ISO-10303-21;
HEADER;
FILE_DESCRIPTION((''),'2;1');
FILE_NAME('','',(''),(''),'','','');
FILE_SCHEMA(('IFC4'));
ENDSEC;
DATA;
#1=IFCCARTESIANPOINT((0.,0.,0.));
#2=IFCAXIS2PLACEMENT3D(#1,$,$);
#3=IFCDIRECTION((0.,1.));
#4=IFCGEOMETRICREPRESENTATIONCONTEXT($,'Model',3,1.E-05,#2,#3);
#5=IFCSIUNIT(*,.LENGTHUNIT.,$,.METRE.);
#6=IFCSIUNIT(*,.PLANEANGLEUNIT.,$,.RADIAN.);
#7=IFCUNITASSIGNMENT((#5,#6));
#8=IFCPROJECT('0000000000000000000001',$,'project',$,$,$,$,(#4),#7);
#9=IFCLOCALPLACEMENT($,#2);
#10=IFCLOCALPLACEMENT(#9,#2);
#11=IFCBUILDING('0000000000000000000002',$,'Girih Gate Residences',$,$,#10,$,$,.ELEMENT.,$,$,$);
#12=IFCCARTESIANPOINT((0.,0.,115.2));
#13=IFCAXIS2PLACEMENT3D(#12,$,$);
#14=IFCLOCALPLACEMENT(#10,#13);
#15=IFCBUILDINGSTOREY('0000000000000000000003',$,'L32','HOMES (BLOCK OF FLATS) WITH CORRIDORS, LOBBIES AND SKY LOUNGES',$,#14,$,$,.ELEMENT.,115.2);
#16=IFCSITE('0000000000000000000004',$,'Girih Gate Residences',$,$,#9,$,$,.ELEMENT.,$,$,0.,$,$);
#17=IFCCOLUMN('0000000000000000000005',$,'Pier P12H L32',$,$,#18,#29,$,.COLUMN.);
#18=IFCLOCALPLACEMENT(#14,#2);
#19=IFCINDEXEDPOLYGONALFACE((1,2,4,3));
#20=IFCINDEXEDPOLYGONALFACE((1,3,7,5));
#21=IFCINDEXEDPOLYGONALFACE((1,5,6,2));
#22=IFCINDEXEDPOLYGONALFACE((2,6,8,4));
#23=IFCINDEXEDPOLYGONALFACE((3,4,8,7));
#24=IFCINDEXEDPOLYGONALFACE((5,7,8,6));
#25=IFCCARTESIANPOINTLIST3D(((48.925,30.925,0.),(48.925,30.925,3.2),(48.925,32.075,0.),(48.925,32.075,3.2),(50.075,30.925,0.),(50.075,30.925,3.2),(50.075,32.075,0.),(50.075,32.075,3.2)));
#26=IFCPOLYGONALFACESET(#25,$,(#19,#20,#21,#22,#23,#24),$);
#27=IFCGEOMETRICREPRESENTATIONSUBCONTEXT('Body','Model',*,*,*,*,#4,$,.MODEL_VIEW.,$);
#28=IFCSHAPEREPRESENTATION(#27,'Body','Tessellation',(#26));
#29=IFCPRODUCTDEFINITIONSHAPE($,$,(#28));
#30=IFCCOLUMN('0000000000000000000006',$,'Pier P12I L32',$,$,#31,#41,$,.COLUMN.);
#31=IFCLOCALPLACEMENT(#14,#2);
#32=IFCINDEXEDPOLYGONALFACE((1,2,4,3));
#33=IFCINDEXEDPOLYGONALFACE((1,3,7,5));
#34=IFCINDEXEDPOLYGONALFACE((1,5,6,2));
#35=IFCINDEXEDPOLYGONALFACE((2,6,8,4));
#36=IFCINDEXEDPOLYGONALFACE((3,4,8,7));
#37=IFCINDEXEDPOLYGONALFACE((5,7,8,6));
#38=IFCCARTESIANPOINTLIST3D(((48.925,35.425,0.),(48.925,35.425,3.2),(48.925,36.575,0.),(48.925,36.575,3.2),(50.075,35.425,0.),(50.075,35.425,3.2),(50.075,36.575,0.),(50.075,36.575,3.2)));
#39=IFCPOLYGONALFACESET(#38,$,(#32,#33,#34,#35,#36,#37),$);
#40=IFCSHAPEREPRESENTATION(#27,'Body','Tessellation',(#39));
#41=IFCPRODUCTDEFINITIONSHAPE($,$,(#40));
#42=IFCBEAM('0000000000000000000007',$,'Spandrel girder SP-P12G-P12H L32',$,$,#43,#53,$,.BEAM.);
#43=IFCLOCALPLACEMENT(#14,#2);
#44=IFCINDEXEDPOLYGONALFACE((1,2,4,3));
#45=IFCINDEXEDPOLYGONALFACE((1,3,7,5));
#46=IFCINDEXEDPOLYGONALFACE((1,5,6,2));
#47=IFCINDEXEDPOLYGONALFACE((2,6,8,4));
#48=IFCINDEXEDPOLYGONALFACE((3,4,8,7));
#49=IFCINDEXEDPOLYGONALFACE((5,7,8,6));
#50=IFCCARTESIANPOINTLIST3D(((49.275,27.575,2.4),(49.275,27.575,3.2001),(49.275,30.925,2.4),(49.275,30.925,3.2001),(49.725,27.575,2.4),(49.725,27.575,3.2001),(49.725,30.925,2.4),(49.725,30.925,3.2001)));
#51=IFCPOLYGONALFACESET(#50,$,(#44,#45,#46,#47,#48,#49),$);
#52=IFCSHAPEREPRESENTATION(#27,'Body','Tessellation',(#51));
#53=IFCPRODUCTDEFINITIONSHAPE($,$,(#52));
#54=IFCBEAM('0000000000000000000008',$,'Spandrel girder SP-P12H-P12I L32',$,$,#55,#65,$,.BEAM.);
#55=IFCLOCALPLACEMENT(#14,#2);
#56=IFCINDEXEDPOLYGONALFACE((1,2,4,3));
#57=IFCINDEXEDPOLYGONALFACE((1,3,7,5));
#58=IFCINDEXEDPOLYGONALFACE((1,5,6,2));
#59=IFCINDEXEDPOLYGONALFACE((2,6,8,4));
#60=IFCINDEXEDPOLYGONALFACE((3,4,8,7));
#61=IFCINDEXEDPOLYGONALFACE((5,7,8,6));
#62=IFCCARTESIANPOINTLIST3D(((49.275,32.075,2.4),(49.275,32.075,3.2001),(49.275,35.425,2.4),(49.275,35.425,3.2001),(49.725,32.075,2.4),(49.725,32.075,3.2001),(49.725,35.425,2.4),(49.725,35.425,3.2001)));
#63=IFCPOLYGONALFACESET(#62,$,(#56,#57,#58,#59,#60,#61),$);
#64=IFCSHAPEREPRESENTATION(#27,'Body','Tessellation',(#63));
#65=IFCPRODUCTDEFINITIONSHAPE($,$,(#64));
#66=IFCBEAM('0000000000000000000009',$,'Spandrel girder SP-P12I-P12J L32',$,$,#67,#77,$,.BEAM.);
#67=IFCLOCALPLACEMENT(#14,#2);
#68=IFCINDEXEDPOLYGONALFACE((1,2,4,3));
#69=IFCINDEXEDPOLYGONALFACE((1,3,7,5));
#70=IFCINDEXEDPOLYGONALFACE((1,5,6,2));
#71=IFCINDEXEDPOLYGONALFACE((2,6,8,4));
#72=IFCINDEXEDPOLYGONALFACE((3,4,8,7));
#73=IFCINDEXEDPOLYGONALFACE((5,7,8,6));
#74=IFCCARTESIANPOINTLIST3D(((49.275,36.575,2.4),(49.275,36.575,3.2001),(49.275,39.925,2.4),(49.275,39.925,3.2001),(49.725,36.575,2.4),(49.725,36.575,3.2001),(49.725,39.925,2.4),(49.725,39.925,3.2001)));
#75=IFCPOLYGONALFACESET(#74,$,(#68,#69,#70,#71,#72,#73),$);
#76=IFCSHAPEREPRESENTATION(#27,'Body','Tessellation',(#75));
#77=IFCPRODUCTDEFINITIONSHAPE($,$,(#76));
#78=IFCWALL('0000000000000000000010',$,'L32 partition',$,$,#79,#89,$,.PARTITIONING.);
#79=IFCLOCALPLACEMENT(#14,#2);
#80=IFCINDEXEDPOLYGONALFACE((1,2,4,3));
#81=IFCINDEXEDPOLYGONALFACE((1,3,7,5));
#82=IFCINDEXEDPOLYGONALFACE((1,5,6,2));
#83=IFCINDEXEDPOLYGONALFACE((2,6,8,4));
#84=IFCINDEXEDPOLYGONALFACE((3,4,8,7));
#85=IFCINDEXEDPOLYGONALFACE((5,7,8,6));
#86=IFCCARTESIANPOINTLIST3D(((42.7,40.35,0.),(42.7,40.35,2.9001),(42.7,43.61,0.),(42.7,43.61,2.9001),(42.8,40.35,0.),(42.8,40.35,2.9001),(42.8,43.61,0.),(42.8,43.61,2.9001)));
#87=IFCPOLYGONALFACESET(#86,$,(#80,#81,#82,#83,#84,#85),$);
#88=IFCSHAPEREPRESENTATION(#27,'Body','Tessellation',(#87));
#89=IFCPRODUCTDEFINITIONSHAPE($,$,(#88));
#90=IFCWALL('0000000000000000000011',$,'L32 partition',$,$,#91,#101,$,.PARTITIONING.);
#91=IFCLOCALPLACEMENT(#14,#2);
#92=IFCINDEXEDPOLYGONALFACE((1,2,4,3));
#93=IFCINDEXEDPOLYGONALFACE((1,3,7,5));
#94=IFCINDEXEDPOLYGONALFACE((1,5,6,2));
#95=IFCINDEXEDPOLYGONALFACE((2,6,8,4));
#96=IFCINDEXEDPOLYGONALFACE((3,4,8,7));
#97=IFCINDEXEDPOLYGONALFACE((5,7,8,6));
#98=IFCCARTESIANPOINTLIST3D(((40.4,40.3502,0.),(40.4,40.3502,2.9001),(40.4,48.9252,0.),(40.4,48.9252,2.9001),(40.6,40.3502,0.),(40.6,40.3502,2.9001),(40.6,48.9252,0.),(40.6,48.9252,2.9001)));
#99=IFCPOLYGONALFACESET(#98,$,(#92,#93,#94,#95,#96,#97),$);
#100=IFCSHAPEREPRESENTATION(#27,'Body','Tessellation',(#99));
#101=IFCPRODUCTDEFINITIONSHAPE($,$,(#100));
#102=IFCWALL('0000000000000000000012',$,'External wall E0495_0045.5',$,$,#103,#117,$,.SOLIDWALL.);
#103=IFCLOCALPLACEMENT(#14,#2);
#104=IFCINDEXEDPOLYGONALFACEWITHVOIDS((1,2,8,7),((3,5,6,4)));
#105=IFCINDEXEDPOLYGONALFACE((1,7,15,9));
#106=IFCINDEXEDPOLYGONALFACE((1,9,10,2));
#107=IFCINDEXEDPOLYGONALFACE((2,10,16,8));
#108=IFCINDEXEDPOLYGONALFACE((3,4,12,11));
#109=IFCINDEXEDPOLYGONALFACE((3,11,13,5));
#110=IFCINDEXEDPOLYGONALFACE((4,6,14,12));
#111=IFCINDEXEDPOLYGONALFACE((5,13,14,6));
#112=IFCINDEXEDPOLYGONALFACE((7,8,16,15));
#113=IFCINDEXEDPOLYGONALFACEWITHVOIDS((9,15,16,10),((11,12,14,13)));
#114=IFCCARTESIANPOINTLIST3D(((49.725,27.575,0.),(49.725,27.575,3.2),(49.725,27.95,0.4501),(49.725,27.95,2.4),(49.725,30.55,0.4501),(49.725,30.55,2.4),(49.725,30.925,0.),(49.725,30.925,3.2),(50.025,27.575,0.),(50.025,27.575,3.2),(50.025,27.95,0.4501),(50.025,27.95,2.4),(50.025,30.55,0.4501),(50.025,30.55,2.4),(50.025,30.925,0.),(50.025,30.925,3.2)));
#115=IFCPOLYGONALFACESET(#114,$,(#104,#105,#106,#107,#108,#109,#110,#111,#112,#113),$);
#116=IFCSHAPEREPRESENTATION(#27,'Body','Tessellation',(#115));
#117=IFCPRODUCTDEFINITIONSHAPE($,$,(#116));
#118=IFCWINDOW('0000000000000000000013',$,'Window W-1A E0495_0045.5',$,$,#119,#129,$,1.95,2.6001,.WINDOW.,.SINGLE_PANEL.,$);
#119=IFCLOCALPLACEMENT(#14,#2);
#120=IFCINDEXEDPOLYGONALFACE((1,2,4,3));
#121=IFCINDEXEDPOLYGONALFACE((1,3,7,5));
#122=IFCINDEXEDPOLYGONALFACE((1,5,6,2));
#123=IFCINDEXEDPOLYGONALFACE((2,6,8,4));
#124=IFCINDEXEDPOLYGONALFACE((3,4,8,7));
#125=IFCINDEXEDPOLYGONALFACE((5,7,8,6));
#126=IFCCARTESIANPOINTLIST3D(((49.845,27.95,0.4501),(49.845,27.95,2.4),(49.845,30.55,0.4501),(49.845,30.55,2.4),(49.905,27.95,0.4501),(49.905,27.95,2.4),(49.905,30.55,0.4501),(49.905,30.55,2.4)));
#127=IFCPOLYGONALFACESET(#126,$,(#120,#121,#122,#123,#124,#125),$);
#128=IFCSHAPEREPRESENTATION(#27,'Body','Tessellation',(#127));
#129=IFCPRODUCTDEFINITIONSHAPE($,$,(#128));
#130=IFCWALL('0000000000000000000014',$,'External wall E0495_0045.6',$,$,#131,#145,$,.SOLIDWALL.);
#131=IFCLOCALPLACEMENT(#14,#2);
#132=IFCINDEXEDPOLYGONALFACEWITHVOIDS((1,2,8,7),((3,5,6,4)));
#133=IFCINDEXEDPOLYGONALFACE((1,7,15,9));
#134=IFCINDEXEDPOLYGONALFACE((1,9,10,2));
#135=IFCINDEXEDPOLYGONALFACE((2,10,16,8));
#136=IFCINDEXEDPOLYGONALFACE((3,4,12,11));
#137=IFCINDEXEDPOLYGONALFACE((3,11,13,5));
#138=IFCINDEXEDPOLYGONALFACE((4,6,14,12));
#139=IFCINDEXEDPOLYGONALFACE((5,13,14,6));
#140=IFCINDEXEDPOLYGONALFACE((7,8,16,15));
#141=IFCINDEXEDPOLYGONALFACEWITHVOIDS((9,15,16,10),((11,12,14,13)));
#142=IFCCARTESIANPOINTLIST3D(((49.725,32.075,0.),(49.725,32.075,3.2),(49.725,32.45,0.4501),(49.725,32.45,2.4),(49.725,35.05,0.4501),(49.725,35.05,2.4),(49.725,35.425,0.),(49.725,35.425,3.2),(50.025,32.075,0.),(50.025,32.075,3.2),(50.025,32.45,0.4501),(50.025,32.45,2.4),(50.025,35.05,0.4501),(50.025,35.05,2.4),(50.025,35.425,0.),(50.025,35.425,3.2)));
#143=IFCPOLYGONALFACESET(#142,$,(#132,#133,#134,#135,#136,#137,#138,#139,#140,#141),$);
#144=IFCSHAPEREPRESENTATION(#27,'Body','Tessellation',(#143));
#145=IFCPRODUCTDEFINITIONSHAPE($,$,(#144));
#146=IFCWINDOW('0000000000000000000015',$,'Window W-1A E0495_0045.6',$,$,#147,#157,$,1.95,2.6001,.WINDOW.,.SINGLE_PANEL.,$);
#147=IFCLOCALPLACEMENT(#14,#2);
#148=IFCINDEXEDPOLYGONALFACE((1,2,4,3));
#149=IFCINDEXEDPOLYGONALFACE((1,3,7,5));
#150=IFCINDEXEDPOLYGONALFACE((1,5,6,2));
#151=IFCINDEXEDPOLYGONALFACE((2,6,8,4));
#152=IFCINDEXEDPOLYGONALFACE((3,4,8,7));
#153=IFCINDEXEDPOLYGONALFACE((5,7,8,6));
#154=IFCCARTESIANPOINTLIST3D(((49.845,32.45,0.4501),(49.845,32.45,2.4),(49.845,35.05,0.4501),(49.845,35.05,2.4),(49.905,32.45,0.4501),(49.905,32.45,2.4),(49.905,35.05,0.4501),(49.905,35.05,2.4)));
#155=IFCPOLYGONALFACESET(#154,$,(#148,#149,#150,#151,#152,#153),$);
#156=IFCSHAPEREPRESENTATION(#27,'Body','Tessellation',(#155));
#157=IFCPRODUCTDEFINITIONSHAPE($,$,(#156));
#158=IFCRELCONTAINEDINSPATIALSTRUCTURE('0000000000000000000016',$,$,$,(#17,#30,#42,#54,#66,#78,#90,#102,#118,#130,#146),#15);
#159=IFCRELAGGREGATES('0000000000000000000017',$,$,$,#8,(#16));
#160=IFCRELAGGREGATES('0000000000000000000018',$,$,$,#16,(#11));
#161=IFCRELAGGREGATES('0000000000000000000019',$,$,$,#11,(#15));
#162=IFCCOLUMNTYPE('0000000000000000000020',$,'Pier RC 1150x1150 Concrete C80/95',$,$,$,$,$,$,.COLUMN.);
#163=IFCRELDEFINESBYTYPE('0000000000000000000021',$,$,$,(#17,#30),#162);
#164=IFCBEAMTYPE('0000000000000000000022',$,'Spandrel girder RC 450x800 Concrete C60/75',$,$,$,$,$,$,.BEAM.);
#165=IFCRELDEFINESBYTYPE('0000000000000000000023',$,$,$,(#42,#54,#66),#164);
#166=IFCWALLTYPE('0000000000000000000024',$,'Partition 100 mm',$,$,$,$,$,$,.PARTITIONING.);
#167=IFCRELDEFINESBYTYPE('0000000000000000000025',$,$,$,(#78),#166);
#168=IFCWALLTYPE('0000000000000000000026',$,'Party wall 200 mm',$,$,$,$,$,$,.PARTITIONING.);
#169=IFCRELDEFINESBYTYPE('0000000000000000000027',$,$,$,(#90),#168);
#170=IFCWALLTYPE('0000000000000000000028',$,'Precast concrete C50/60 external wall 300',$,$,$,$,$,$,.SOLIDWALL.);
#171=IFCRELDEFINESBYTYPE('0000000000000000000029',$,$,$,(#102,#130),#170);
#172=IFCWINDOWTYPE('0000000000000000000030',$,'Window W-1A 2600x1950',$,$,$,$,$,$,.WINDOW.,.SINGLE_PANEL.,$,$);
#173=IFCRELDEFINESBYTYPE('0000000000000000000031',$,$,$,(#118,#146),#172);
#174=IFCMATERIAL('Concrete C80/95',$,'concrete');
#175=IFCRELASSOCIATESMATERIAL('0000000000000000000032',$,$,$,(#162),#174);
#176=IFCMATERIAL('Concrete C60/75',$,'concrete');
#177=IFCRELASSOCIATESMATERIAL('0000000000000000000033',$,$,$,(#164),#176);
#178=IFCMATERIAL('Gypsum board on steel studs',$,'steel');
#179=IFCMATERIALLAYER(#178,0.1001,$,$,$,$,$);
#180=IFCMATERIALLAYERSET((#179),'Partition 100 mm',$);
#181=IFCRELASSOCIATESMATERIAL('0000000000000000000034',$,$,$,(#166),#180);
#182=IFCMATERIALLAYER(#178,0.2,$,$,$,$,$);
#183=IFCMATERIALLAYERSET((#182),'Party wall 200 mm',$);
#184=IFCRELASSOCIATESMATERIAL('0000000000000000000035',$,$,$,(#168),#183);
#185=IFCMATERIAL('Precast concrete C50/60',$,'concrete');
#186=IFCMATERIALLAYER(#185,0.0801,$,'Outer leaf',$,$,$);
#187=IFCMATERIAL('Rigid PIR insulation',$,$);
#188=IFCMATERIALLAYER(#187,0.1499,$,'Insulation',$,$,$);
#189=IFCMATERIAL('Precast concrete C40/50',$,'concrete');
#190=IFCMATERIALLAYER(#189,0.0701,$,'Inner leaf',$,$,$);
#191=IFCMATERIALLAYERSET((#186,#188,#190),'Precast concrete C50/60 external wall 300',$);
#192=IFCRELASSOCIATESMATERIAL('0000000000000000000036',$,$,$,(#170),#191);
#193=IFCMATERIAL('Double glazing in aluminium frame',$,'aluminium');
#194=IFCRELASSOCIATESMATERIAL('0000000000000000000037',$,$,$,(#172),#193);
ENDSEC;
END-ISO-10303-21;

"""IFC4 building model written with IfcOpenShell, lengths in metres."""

from ifc_helpers import new_model, si_unit, direction, frame, frame_2d, origin, origin_2d, place, context, subcontext, project, spatial, rectangle, extrude, material, layer, layer_set, material_profile, profile_set, type_object, element, fill, save


model = new_model("IFC4")

# Units and contexts
model_context = context("Model", 3, precision=1e-05, world=origin(), true_north=direction((0.0, 1.0)))
body_context = subcontext(model_context, "Body", "Model", "MODEL_VIEW")
ifc_project = project(units=[si_unit("LENGTHUNIT", "METRE"), si_unit("PLANEANGLEUNIT", "RADIAN")], contexts=[model_context])

# Site, building, storey
site_placement = place(None, origin())
site = spatial("IfcSite", under=ifc_project, at=site_placement, Name="Girih Gate Residences", CompositionType="ELEMENT", RefElevation=0.0)
building_placement = place(site_placement, origin())
building = spatial("IfcBuilding", under=site, at=building_placement, Name="Girih Gate Residences", CompositionType="ELEMENT")
storey_placement = place(building_placement, frame((0.0, 0.0, 115.2)))
storey = spatial("IfcBuildingStorey", under=building, at=storey_placement, Name="L32", Description="HOMES (BLOCK OF FLATS) WITH CORRIDORS, LOBBIES AND SKY LOUNGES", CompositionType="ELEMENT", Elevation=115.2)

# Columns
ifc_material_1 = material(Name="Concrete C80/95", Category="concrete")
ifc_material_profile_1 = material_profile(ifc_material_1, rectangle(XDim=1.1499, YDim=1.1499, at=origin_2d()))
ifc_profile_set_1 = profile_set([ifc_material_profile_1], Name="Concrete C80/95")
column_type = type_object("IfcColumnType", Name="Pier RC 1150x1150 Concrete C80/95", PredefinedType="COLUMN", material=ifc_profile_set_1)
for number, where, z_axis, x_axis, name in (
    (1, (49.5, 31.5, 0.0), (0.0, 0.0, 1.0), (1.0, 0.0, 0.0), "Pier P12H L32"),
    (2, (49.5, 36.0, 0.0), (0.0, 0.0, 1.0), (1.0, 0.0, 0.0), "Pier P12I L32"),
):
    element("IfcColumn", number, at=place(storey_placement, frame(where, z_axis=z_axis, x_axis=x_axis)), inside=storey, type_object=column_type, Name=name, PredefinedType="COLUMN", context=body_context, shape_type="SweptSolid", body=[
        extrude(rectangle(XDim=1.1499, YDim=1.1499, at=origin_2d()), origin(), (0.0, 0.0, 1.0), 3.2),
    ])

# Beams
ifc_material_2 = material(Name="Concrete C60/75", Category="concrete")
ifc_material_profile_2 = material_profile(ifc_material_2, rectangle(XDim=0.45, YDim=0.8, at=origin_2d()))
ifc_profile_set_2 = profile_set([ifc_material_profile_2], Name="Concrete C60/75")
beam_type = type_object("IfcBeamType", Name="Spandrel girder RC 450x800 Concrete C60/75", PredefinedType="BEAM", material=ifc_profile_set_2)
for number, where, z_axis, x_axis, name in (
    (3, (49.5, 27.575, 2.8), (0.0, 1.0, 0.0), (-1.0, 0.0, 0.0), "Spandrel girder SP-P12G-P12H L32"),
    (4, (49.5, 32.075, 2.8), (0.0, 1.0, 0.0), (-1.0, 0.0, 0.0), "Spandrel girder SP-P12H-P12I L32"),
    (5, (49.5, 36.575, 2.8), (0.0, 1.0, 0.0), (-1.0, 0.0, 0.0), "Spandrel girder SP-P12I-P12J L32"),
):
    element("IfcBeam", number, at=place(storey_placement, frame(where, z_axis=z_axis, x_axis=x_axis)), inside=storey, type_object=beam_type, Name=name, PredefinedType="BEAM", context=body_context, shape_type="SweptSolid", body=[
        extrude(rectangle(XDim=0.45, YDim=0.8, at=origin_2d()), origin(), (0.0, 0.0, 1.0), 3.3501),
    ])

# Walls
ifc_material_3 = material(Name="Gypsum board on steel studs", Category="steel")
ifc_layer_1 = layer(ifc_material_3, 0.1001)
ifc_layer_set_1 = layer_set([ifc_layer_1], Name="Partition 100 mm")
wall_type_1 = type_object("IfcWallType", Name="Partition 100 mm", PredefinedType="PARTITIONING", material=ifc_layer_set_1)
wall_1_placement = place(storey_placement, frame((42.75, 40.3501, 0.0), z_axis=(0.0, 0.0, 1.0), x_axis=(0.0, 1.0, 0.0)))
element("IfcWall", 6, at=wall_1_placement, inside=storey, type_object=wall_type_1, Name="L32 partition", PredefinedType="PARTITIONING", context=body_context, shape_type="SweptSolid", body=[
    extrude(rectangle(XDim=3.26, YDim=0.1001, at=frame_2d((1.6299, 0.0))), origin(), (0.0, 0.0, 1.0), 2.9001),
])
ifc_layer_2 = layer(ifc_material_3, 0.2)
ifc_layer_set_2 = layer_set([ifc_layer_2], Name="Party wall 200 mm")
wall_type_2 = type_object("IfcWallType", Name="Party wall 200 mm", PredefinedType="PARTITIONING", material=ifc_layer_set_2)
wall_2_placement = place(storey_placement, frame((40.5, 40.3501, 0.0), z_axis=(0.0, 0.0, 1.0), x_axis=(0.0, 1.0, 0.0)))
element("IfcWall", 7, at=wall_2_placement, inside=storey, type_object=wall_type_2, Name="L32 partition", PredefinedType="PARTITIONING", context=body_context, shape_type="SweptSolid", body=[
    extrude(rectangle(XDim=8.575, YDim=0.2, at=frame_2d((4.2876, 0.0))), origin(), (0.0, 0.0, 1.0), 2.9001),
])

# Walls, openings, windows
ifc_material_4 = material(Name="Precast concrete C50/60", Category="concrete")
ifc_layer_3 = layer(ifc_material_4, 0.0801, Name="Outer leaf")
ifc_material_5 = material(Name="Rigid PIR insulation")
ifc_layer_4 = layer(ifc_material_5, 0.1499, Name="Insulation")
ifc_material_6 = material(Name="Precast concrete C40/50", Category="concrete")
ifc_layer_5 = layer(ifc_material_6, 0.0701, Name="Inner leaf")
ifc_layer_set_3 = layer_set([ifc_layer_3, ifc_layer_4, ifc_layer_5], Name="Precast concrete C50/60 external wall 300")
wall_type_3 = type_object("IfcWallType", Name="Precast concrete C50/60 external wall 300", PredefinedType="SOLIDWALL", material=ifc_layer_set_3)
wall_3_placement = place(storey_placement, frame((49.875, 30.925, 0.0), z_axis=(0.0, 0.0, 1.0), x_axis=(0.0, -1.0, 0.0)))
wall_3 = element("IfcWall", 8, at=wall_3_placement, inside=storey, type_object=wall_type_3, Name="External wall E0495_0045.5", PredefinedType="SOLIDWALL", context=body_context, shape_type="SweptSolid", body=[
    extrude(rectangle(XDim=3.3501, YDim=0.3, at=frame_2d((1.675, 0.0))), origin(), (0.0, 0.0, 1.0), 3.2),
])
opening_1_placement = place(wall_3_placement, frame((0.375, 0.0, 0.45)))
opening_1 = element("IfcOpeningElement", 9, at=opening_1_placement, cuts=wall_3, PredefinedType="OPENING", context=body_context, shape_type="SweptSolid", body=[
    extrude(rectangle(XDim=2.6001, YDim=1.95, at=frame_2d((1.3, 0.9751))), frame((0.0, 0.1599, 0.0), z_axis=(0.0, -1.0, 0.0), x_axis=(1.0, 0.0, 0.0)), (0.0, 0.0, 1.0), 0.3201),
])
ifc_material_7 = material(Name="Double glazing in aluminium frame", Category="aluminium")
window_type = type_object("IfcWindowType", Name="Window W-1A 2600x1950", PartitioningType="SINGLE_PANEL", PredefinedType="WINDOW", material=ifc_material_7)
window_1_placement = place(opening_1_placement, origin())
window_1 = element("IfcWindow", 10, at=window_1_placement, inside=storey, type_object=window_type, Name="Window W-1A E0495_0045.5", OverallHeight=1.95, OverallWidth=2.6001, PartitioningType="SINGLE_PANEL", PredefinedType="WINDOW", context=body_context, shape_type="SweptSolid", body=[
    extrude(rectangle(XDim=2.6001, YDim=1.95, at=frame_2d((1.3, 0.9751))), frame((0.0, 0.03, 0.0), z_axis=(0.0, -1.0, 0.0), x_axis=(1.0, 0.0, 0.0)), (0.0, 0.0, 1.0), 0.0601),
])
fill(opening_1, window_1)
wall_4_placement = place(storey_placement, frame((49.875, 35.425, 0.0), z_axis=(0.0, 0.0, 1.0), x_axis=(0.0, -1.0, 0.0)))
wall_4 = element("IfcWall", 11, at=wall_4_placement, inside=storey, type_object=wall_type_3, Name="External wall E0495_0045.6", PredefinedType="SOLIDWALL", context=body_context, shape_type="SweptSolid", body=[
    extrude(rectangle(XDim=3.3501, YDim=0.3, at=frame_2d((1.675, 0.0))), origin(), (0.0, 0.0, 1.0), 3.2),
])
opening_2_placement = place(wall_4_placement, frame((0.375, 0.0, 0.45)))
opening_2 = element("IfcOpeningElement", 12, at=opening_2_placement, cuts=wall_4, PredefinedType="OPENING", context=body_context, shape_type="SweptSolid", body=[
    extrude(rectangle(XDim=2.6001, YDim=1.95, at=frame_2d((1.3, 0.9751))), frame((0.0, 0.1599, 0.0), z_axis=(0.0, -1.0, 0.0), x_axis=(1.0, 0.0, 0.0)), (0.0, 0.0, 1.0), 0.3201),
])
window_2_placement = place(opening_2_placement, origin())
window_2 = element("IfcWindow", 13, at=window_2_placement, inside=storey, type_object=window_type, Name="Window W-1A E0495_0045.6", OverallHeight=1.95, OverallWidth=2.6001, PartitioningType="SINGLE_PANEL", PredefinedType="WINDOW", context=body_context, shape_type="SweptSolid", body=[
    extrude(rectangle(XDim=2.6001, YDim=1.95, at=frame_2d((1.3, 0.9751))), frame((0.0, 0.03, 0.0), z_axis=(0.0, -1.0, 0.0), x_axis=(1.0, 0.0, 0.0)), (0.0, 0.0, 1.0), 0.0601),
])
fill(opening_2, window_2)

save(model, "model.ifc")
